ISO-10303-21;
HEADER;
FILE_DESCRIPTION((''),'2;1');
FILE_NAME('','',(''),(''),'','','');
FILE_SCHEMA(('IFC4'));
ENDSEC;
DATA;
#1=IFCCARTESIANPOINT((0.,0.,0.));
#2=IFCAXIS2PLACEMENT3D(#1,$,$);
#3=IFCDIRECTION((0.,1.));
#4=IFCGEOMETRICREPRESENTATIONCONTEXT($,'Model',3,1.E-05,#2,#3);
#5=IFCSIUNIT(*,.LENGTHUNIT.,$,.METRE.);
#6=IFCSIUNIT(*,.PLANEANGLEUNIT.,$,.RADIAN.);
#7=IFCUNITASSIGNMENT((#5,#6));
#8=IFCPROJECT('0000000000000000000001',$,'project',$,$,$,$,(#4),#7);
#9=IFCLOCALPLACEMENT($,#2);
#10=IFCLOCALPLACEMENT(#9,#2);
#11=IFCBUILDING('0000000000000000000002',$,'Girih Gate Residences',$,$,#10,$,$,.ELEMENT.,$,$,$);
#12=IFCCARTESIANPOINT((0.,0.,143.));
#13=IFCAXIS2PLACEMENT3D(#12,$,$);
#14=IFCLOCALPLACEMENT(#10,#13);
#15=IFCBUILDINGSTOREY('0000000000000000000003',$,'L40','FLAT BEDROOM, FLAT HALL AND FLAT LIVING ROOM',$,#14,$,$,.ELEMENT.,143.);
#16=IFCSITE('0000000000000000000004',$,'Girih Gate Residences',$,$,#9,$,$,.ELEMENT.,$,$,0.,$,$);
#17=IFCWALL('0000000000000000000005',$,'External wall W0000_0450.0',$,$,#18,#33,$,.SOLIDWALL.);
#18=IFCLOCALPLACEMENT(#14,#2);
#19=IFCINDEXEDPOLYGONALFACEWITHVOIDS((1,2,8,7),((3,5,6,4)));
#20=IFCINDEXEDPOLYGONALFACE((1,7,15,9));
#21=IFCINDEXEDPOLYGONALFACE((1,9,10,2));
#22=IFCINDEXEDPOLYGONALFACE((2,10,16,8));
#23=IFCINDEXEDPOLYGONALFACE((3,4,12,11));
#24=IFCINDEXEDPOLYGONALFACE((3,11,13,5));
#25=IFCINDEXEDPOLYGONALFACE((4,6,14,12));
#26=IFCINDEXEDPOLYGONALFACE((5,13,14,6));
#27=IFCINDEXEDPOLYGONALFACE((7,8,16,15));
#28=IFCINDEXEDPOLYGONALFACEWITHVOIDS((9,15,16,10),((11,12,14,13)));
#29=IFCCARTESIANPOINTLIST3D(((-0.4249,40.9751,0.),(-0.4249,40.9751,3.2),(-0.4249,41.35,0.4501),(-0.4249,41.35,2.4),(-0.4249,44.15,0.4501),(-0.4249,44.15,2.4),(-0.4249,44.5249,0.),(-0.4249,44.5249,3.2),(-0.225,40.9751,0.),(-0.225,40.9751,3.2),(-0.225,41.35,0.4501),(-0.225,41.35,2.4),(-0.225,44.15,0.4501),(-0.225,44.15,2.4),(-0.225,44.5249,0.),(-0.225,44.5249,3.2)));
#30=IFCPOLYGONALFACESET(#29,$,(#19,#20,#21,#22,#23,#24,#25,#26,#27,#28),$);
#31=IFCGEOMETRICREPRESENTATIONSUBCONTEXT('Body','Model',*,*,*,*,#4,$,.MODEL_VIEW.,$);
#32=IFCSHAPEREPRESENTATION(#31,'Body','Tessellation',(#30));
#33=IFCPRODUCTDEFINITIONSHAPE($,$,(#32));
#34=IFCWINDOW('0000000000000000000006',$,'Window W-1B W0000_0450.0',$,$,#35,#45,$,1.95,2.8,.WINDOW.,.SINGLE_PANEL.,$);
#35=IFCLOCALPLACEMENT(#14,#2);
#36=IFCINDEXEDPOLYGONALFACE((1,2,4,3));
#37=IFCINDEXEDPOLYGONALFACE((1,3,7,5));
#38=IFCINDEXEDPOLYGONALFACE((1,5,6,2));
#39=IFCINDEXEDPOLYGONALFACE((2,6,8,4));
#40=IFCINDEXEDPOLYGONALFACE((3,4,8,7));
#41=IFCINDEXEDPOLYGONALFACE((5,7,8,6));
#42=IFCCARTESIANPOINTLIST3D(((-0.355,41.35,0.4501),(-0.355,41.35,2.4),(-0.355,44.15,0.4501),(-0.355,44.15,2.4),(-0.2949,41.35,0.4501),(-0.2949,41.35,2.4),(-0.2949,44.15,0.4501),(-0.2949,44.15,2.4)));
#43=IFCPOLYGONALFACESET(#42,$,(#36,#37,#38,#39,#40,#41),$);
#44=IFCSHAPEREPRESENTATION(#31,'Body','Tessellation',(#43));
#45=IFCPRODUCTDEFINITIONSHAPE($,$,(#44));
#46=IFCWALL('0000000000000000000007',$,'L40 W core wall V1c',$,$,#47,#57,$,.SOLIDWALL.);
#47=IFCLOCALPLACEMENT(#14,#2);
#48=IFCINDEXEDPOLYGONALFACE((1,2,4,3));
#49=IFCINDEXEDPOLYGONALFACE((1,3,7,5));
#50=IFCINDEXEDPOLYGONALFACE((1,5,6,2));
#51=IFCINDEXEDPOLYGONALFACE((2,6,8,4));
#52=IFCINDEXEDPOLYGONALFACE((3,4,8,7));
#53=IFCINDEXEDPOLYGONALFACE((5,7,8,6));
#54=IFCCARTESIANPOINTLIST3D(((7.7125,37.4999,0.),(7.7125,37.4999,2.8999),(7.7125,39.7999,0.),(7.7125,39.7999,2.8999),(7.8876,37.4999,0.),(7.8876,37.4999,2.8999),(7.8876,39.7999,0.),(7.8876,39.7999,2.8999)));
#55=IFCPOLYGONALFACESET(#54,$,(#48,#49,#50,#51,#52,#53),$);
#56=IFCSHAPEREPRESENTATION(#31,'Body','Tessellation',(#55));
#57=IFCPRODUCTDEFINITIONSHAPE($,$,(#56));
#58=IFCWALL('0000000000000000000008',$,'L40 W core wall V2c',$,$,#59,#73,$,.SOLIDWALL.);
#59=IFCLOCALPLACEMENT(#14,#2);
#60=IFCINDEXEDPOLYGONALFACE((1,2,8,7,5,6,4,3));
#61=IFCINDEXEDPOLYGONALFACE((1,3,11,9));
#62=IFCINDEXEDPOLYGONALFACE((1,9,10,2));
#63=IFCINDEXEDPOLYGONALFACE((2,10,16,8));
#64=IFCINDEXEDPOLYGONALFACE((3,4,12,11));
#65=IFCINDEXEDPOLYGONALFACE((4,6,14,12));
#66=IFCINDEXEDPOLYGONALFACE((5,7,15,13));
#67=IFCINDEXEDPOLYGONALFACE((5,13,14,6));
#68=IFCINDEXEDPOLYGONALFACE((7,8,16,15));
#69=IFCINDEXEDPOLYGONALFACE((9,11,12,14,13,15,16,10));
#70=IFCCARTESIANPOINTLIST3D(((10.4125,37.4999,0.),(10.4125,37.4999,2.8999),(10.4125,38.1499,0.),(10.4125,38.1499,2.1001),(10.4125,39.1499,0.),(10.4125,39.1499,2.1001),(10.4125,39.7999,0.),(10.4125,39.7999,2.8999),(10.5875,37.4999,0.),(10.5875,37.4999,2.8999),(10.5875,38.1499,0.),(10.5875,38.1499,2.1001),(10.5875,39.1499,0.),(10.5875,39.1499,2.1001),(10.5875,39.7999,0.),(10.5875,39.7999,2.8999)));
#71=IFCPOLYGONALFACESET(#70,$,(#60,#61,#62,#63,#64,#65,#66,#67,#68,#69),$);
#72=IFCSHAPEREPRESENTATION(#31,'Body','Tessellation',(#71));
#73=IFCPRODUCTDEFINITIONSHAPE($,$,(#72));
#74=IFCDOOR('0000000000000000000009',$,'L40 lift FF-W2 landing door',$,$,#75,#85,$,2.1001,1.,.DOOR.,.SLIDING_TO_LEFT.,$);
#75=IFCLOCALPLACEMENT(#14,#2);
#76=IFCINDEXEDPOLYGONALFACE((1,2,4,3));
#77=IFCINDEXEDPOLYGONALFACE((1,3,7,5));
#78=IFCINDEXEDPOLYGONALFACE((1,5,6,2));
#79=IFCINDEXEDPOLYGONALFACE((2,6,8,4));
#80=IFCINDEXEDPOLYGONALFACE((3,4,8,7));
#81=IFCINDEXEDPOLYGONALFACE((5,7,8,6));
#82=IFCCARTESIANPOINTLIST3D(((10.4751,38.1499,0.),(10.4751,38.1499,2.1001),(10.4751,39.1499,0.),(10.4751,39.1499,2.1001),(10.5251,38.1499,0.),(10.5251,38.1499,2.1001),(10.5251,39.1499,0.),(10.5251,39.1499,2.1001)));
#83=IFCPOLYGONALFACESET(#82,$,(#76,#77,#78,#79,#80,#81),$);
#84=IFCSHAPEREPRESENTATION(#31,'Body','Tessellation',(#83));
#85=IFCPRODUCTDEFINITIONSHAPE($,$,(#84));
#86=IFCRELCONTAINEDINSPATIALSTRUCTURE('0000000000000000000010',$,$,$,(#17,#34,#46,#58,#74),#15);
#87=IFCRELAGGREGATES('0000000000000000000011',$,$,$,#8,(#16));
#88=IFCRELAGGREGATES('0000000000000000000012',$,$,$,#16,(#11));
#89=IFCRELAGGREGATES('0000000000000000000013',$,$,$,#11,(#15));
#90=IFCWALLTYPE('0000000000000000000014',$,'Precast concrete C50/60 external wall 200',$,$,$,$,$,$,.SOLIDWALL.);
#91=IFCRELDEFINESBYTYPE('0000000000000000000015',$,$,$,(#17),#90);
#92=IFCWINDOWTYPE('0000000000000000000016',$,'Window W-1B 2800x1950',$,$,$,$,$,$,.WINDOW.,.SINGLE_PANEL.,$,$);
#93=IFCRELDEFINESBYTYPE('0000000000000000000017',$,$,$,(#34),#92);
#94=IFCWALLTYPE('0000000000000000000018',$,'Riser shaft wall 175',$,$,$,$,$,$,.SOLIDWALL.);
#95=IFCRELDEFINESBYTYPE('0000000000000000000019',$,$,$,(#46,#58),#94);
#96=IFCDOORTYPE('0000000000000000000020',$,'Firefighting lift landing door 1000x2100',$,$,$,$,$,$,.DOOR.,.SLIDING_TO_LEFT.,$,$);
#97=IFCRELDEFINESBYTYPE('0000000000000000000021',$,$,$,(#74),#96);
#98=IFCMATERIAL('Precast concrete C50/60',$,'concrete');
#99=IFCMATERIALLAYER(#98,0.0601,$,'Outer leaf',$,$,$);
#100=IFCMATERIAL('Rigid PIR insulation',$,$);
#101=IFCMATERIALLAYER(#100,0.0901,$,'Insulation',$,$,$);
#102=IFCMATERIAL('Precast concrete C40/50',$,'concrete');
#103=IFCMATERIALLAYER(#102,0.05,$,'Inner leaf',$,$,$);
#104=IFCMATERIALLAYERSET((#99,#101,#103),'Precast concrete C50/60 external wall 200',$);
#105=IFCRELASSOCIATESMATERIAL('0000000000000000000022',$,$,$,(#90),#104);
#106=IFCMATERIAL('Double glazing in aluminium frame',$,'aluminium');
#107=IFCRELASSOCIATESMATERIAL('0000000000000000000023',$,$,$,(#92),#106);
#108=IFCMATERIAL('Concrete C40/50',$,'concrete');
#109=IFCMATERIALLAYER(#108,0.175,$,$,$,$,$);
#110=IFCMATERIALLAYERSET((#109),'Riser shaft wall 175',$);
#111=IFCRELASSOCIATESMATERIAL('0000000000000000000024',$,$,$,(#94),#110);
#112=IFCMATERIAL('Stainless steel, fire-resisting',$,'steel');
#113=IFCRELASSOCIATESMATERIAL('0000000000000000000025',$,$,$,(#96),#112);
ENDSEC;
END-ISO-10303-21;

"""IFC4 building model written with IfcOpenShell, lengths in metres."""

from ifc_helpers import new_model, si_unit, direction, frame, frame_2d, origin, place, context, subcontext, project, spatial, rectangle, extrude, material, layer, layer_set, type_object, element, fill, save


model = new_model("IFC4")

# Units and contexts
model_context = context("Model", 3, precision=1e-05, world=origin(), true_north=direction((0.0, 1.0)))
body_context = subcontext(model_context, "Body", "Model", "MODEL_VIEW")
ifc_project = project(units=[si_unit("LENGTHUNIT", "METRE"), si_unit("PLANEANGLEUNIT", "RADIAN")], contexts=[model_context])

# Site, building, storey
site_placement = place(None, origin())
site = spatial("IfcSite", under=ifc_project, at=site_placement, Name="Girih Gate Residences", CompositionType="ELEMENT", RefElevation=0.0)
building_placement = place(site_placement, origin())
building = spatial("IfcBuilding", under=site, at=building_placement, Name="Girih Gate Residences", CompositionType="ELEMENT")
storey_placement = place(building_placement, frame((0.0, 0.0, 143.0)))
storey = spatial("IfcBuildingStorey", under=building, at=storey_placement, Name="L40", Description="FLAT BEDROOM, FLAT HALL AND FLAT LIVING ROOM", CompositionType="ELEMENT", Elevation=143.0)

# Wall, opening, window
ifc_material_1 = material(Name="Precast concrete C50/60", Category="concrete")
ifc_layer_1 = layer(ifc_material_1, 0.0601, Name="Outer leaf")
ifc_material_2 = material(Name="Rigid PIR insulation")
ifc_layer_2 = layer(ifc_material_2, 0.0901, Name="Insulation")
ifc_material_3 = material(Name="Precast concrete C40/50", Category="concrete")
ifc_layer_3 = layer(ifc_material_3, 0.05, Name="Inner leaf")
ifc_layer_set_1 = layer_set([ifc_layer_1, ifc_layer_2, ifc_layer_3], Name="Precast concrete C50/60 external wall 200")
wall_type_1 = type_object("IfcWallType", Name="Precast concrete C50/60 external wall 200", PredefinedType="SOLIDWALL", material=ifc_layer_set_1)
wall_1_placement = place(storey_placement, frame((-0.325, 40.9751, 0.0), z_axis=(0.0, 0.0, 1.0), x_axis=(0.0, 1.0, 0.0)))
wall_1 = element("IfcWall", 1, at=wall_1_placement, inside=storey, type_object=wall_type_1, Name="External wall W0000_0450.0", PredefinedType="SOLIDWALL", context=body_context, shape_type="SweptSolid", body=[
    extrude(rectangle(XDim=3.5498, YDim=0.2, at=frame_2d((1.7749, 0.0))), origin(), (0.0, 0.0, 1.0), 3.2),
])
opening_1_placement = place(wall_1_placement, frame((0.375, 0.0, 0.45)))
opening_1 = element("IfcOpeningElement", 2, at=opening_1_placement, cuts=wall_1, PredefinedType="OPENING", context=body_context, shape_type="SweptSolid", body=[
    extrude(rectangle(XDim=2.8, YDim=1.95, at=frame_2d((1.3999, 0.9751))), frame((0.0, 0.1099, 0.0), z_axis=(0.0, -1.0, 0.0), x_axis=(1.0, 0.0, 0.0)), (0.0, 0.0, 1.0), 0.22),
])
ifc_material_4 = material(Name="Double glazing in aluminium frame", Category="aluminium")
window_type = type_object("IfcWindowType", Name="Window W-1B 2800x1950", PartitioningType="SINGLE_PANEL", PredefinedType="WINDOW", material=ifc_material_4)
window_placement = place(opening_1_placement, origin())
window = element("IfcWindow", 3, at=window_placement, inside=storey, type_object=window_type, Name="Window W-1B W0000_0450.0", OverallHeight=1.95, OverallWidth=2.8, PartitioningType="SINGLE_PANEL", PredefinedType="WINDOW", context=body_context, shape_type="SweptSolid", body=[
    extrude(rectangle(XDim=2.8, YDim=1.95, at=frame_2d((1.3999, 0.9751))), frame((0.0, 0.03, 0.0), z_axis=(0.0, -1.0, 0.0), x_axis=(1.0, 0.0, 0.0)), (0.0, 0.0, 1.0), 0.0601),
])
fill(opening_1, window)

# Wall
ifc_material_5 = material(Name="Concrete C40/50", Category="concrete")
ifc_layer_4 = layer(ifc_material_5, 0.175)
ifc_layer_set_2 = layer_set([ifc_layer_4], Name="Riser shaft wall 175")
wall_type_2 = type_object("IfcWallType", Name="Riser shaft wall 175", PredefinedType="SOLIDWALL", material=ifc_layer_set_2)
wall_2_placement = place(storey_placement, frame((7.8, 37.5, 0.0), z_axis=(0.0, 0.0, 1.0), x_axis=(0.0, 1.0, 0.0)))
element("IfcWall", 4, at=wall_2_placement, inside=storey, type_object=wall_type_2, Name="L40 W core wall V1c", PredefinedType="SOLIDWALL", context=body_context, shape_type="SweptSolid", body=[
    extrude(rectangle(XDim=2.3, YDim=0.175, at=frame_2d((1.1499, 0.0))), origin(), (0.0, 0.0, 1.0), 2.8999),
])

# Wall, opening, door
wall_3_placement = place(storey_placement, frame((10.5, 37.5, 0.0), z_axis=(0.0, 0.0, 1.0), x_axis=(0.0, 1.0, 0.0)))
wall_3 = element("IfcWall", 5, at=wall_3_placement, inside=storey, type_object=wall_type_2, Name="L40 W core wall V2c", PredefinedType="SOLIDWALL", context=body_context, shape_type="SweptSolid", body=[
    extrude(rectangle(XDim=2.3, YDim=0.175, at=frame_2d((1.1499, 0.0))), origin(), (0.0, 0.0, 1.0), 2.8999),
])
opening_2_placement = place(wall_3_placement, frame((0.6499, 0.0, 0.0)))
opening_2 = element("IfcOpeningElement", 6, at=opening_2_placement, cuts=wall_3, PredefinedType="OPENING", context=body_context, shape_type="SweptSolid", body=[
    extrude(rectangle(XDim=1.0, YDim=2.1001, at=frame_2d((0.5, 1.05))), frame((0.0, 0.0974, 0.0), z_axis=(0.0, -1.0, 0.0), x_axis=(1.0, 0.0, 0.0)), (0.0, 0.0, 1.0), 0.1951),
])
ifc_material_6 = material(Name="Stainless steel, fire-resisting", Category="steel")
door_type_1 = type_object("IfcDoorType", Name="Firefighting lift landing door 1000x2100", OperationType="SLIDING_TO_LEFT", PredefinedType="DOOR", material=ifc_material_6)
door_1_placement = place(opening_2_placement, origin())
door_1 = element("IfcDoor", 7, at=door_1_placement, inside=storey, type_object=door_type_1, Name="L40 lift FF-W2 landing door", OperationType="SLIDING_TO_LEFT", OverallHeight=2.1001, OverallWidth=1.0, PredefinedType="DOOR", context=body_context, shape_type="SweptSolid", body=[
    extrude(rectangle(XDim=1.0, YDim=2.1001, at=frame_2d((0.5, 1.05))), frame((0.0, 0.0249, 0.0), z_axis=(0.0, -1.0, 0.0), x_axis=(1.0, 0.0, 0.0)), (0.0, 0.0, 1.0), 0.05),
])
fill(opening_2, door_1)

save(model, "model.ifc")
